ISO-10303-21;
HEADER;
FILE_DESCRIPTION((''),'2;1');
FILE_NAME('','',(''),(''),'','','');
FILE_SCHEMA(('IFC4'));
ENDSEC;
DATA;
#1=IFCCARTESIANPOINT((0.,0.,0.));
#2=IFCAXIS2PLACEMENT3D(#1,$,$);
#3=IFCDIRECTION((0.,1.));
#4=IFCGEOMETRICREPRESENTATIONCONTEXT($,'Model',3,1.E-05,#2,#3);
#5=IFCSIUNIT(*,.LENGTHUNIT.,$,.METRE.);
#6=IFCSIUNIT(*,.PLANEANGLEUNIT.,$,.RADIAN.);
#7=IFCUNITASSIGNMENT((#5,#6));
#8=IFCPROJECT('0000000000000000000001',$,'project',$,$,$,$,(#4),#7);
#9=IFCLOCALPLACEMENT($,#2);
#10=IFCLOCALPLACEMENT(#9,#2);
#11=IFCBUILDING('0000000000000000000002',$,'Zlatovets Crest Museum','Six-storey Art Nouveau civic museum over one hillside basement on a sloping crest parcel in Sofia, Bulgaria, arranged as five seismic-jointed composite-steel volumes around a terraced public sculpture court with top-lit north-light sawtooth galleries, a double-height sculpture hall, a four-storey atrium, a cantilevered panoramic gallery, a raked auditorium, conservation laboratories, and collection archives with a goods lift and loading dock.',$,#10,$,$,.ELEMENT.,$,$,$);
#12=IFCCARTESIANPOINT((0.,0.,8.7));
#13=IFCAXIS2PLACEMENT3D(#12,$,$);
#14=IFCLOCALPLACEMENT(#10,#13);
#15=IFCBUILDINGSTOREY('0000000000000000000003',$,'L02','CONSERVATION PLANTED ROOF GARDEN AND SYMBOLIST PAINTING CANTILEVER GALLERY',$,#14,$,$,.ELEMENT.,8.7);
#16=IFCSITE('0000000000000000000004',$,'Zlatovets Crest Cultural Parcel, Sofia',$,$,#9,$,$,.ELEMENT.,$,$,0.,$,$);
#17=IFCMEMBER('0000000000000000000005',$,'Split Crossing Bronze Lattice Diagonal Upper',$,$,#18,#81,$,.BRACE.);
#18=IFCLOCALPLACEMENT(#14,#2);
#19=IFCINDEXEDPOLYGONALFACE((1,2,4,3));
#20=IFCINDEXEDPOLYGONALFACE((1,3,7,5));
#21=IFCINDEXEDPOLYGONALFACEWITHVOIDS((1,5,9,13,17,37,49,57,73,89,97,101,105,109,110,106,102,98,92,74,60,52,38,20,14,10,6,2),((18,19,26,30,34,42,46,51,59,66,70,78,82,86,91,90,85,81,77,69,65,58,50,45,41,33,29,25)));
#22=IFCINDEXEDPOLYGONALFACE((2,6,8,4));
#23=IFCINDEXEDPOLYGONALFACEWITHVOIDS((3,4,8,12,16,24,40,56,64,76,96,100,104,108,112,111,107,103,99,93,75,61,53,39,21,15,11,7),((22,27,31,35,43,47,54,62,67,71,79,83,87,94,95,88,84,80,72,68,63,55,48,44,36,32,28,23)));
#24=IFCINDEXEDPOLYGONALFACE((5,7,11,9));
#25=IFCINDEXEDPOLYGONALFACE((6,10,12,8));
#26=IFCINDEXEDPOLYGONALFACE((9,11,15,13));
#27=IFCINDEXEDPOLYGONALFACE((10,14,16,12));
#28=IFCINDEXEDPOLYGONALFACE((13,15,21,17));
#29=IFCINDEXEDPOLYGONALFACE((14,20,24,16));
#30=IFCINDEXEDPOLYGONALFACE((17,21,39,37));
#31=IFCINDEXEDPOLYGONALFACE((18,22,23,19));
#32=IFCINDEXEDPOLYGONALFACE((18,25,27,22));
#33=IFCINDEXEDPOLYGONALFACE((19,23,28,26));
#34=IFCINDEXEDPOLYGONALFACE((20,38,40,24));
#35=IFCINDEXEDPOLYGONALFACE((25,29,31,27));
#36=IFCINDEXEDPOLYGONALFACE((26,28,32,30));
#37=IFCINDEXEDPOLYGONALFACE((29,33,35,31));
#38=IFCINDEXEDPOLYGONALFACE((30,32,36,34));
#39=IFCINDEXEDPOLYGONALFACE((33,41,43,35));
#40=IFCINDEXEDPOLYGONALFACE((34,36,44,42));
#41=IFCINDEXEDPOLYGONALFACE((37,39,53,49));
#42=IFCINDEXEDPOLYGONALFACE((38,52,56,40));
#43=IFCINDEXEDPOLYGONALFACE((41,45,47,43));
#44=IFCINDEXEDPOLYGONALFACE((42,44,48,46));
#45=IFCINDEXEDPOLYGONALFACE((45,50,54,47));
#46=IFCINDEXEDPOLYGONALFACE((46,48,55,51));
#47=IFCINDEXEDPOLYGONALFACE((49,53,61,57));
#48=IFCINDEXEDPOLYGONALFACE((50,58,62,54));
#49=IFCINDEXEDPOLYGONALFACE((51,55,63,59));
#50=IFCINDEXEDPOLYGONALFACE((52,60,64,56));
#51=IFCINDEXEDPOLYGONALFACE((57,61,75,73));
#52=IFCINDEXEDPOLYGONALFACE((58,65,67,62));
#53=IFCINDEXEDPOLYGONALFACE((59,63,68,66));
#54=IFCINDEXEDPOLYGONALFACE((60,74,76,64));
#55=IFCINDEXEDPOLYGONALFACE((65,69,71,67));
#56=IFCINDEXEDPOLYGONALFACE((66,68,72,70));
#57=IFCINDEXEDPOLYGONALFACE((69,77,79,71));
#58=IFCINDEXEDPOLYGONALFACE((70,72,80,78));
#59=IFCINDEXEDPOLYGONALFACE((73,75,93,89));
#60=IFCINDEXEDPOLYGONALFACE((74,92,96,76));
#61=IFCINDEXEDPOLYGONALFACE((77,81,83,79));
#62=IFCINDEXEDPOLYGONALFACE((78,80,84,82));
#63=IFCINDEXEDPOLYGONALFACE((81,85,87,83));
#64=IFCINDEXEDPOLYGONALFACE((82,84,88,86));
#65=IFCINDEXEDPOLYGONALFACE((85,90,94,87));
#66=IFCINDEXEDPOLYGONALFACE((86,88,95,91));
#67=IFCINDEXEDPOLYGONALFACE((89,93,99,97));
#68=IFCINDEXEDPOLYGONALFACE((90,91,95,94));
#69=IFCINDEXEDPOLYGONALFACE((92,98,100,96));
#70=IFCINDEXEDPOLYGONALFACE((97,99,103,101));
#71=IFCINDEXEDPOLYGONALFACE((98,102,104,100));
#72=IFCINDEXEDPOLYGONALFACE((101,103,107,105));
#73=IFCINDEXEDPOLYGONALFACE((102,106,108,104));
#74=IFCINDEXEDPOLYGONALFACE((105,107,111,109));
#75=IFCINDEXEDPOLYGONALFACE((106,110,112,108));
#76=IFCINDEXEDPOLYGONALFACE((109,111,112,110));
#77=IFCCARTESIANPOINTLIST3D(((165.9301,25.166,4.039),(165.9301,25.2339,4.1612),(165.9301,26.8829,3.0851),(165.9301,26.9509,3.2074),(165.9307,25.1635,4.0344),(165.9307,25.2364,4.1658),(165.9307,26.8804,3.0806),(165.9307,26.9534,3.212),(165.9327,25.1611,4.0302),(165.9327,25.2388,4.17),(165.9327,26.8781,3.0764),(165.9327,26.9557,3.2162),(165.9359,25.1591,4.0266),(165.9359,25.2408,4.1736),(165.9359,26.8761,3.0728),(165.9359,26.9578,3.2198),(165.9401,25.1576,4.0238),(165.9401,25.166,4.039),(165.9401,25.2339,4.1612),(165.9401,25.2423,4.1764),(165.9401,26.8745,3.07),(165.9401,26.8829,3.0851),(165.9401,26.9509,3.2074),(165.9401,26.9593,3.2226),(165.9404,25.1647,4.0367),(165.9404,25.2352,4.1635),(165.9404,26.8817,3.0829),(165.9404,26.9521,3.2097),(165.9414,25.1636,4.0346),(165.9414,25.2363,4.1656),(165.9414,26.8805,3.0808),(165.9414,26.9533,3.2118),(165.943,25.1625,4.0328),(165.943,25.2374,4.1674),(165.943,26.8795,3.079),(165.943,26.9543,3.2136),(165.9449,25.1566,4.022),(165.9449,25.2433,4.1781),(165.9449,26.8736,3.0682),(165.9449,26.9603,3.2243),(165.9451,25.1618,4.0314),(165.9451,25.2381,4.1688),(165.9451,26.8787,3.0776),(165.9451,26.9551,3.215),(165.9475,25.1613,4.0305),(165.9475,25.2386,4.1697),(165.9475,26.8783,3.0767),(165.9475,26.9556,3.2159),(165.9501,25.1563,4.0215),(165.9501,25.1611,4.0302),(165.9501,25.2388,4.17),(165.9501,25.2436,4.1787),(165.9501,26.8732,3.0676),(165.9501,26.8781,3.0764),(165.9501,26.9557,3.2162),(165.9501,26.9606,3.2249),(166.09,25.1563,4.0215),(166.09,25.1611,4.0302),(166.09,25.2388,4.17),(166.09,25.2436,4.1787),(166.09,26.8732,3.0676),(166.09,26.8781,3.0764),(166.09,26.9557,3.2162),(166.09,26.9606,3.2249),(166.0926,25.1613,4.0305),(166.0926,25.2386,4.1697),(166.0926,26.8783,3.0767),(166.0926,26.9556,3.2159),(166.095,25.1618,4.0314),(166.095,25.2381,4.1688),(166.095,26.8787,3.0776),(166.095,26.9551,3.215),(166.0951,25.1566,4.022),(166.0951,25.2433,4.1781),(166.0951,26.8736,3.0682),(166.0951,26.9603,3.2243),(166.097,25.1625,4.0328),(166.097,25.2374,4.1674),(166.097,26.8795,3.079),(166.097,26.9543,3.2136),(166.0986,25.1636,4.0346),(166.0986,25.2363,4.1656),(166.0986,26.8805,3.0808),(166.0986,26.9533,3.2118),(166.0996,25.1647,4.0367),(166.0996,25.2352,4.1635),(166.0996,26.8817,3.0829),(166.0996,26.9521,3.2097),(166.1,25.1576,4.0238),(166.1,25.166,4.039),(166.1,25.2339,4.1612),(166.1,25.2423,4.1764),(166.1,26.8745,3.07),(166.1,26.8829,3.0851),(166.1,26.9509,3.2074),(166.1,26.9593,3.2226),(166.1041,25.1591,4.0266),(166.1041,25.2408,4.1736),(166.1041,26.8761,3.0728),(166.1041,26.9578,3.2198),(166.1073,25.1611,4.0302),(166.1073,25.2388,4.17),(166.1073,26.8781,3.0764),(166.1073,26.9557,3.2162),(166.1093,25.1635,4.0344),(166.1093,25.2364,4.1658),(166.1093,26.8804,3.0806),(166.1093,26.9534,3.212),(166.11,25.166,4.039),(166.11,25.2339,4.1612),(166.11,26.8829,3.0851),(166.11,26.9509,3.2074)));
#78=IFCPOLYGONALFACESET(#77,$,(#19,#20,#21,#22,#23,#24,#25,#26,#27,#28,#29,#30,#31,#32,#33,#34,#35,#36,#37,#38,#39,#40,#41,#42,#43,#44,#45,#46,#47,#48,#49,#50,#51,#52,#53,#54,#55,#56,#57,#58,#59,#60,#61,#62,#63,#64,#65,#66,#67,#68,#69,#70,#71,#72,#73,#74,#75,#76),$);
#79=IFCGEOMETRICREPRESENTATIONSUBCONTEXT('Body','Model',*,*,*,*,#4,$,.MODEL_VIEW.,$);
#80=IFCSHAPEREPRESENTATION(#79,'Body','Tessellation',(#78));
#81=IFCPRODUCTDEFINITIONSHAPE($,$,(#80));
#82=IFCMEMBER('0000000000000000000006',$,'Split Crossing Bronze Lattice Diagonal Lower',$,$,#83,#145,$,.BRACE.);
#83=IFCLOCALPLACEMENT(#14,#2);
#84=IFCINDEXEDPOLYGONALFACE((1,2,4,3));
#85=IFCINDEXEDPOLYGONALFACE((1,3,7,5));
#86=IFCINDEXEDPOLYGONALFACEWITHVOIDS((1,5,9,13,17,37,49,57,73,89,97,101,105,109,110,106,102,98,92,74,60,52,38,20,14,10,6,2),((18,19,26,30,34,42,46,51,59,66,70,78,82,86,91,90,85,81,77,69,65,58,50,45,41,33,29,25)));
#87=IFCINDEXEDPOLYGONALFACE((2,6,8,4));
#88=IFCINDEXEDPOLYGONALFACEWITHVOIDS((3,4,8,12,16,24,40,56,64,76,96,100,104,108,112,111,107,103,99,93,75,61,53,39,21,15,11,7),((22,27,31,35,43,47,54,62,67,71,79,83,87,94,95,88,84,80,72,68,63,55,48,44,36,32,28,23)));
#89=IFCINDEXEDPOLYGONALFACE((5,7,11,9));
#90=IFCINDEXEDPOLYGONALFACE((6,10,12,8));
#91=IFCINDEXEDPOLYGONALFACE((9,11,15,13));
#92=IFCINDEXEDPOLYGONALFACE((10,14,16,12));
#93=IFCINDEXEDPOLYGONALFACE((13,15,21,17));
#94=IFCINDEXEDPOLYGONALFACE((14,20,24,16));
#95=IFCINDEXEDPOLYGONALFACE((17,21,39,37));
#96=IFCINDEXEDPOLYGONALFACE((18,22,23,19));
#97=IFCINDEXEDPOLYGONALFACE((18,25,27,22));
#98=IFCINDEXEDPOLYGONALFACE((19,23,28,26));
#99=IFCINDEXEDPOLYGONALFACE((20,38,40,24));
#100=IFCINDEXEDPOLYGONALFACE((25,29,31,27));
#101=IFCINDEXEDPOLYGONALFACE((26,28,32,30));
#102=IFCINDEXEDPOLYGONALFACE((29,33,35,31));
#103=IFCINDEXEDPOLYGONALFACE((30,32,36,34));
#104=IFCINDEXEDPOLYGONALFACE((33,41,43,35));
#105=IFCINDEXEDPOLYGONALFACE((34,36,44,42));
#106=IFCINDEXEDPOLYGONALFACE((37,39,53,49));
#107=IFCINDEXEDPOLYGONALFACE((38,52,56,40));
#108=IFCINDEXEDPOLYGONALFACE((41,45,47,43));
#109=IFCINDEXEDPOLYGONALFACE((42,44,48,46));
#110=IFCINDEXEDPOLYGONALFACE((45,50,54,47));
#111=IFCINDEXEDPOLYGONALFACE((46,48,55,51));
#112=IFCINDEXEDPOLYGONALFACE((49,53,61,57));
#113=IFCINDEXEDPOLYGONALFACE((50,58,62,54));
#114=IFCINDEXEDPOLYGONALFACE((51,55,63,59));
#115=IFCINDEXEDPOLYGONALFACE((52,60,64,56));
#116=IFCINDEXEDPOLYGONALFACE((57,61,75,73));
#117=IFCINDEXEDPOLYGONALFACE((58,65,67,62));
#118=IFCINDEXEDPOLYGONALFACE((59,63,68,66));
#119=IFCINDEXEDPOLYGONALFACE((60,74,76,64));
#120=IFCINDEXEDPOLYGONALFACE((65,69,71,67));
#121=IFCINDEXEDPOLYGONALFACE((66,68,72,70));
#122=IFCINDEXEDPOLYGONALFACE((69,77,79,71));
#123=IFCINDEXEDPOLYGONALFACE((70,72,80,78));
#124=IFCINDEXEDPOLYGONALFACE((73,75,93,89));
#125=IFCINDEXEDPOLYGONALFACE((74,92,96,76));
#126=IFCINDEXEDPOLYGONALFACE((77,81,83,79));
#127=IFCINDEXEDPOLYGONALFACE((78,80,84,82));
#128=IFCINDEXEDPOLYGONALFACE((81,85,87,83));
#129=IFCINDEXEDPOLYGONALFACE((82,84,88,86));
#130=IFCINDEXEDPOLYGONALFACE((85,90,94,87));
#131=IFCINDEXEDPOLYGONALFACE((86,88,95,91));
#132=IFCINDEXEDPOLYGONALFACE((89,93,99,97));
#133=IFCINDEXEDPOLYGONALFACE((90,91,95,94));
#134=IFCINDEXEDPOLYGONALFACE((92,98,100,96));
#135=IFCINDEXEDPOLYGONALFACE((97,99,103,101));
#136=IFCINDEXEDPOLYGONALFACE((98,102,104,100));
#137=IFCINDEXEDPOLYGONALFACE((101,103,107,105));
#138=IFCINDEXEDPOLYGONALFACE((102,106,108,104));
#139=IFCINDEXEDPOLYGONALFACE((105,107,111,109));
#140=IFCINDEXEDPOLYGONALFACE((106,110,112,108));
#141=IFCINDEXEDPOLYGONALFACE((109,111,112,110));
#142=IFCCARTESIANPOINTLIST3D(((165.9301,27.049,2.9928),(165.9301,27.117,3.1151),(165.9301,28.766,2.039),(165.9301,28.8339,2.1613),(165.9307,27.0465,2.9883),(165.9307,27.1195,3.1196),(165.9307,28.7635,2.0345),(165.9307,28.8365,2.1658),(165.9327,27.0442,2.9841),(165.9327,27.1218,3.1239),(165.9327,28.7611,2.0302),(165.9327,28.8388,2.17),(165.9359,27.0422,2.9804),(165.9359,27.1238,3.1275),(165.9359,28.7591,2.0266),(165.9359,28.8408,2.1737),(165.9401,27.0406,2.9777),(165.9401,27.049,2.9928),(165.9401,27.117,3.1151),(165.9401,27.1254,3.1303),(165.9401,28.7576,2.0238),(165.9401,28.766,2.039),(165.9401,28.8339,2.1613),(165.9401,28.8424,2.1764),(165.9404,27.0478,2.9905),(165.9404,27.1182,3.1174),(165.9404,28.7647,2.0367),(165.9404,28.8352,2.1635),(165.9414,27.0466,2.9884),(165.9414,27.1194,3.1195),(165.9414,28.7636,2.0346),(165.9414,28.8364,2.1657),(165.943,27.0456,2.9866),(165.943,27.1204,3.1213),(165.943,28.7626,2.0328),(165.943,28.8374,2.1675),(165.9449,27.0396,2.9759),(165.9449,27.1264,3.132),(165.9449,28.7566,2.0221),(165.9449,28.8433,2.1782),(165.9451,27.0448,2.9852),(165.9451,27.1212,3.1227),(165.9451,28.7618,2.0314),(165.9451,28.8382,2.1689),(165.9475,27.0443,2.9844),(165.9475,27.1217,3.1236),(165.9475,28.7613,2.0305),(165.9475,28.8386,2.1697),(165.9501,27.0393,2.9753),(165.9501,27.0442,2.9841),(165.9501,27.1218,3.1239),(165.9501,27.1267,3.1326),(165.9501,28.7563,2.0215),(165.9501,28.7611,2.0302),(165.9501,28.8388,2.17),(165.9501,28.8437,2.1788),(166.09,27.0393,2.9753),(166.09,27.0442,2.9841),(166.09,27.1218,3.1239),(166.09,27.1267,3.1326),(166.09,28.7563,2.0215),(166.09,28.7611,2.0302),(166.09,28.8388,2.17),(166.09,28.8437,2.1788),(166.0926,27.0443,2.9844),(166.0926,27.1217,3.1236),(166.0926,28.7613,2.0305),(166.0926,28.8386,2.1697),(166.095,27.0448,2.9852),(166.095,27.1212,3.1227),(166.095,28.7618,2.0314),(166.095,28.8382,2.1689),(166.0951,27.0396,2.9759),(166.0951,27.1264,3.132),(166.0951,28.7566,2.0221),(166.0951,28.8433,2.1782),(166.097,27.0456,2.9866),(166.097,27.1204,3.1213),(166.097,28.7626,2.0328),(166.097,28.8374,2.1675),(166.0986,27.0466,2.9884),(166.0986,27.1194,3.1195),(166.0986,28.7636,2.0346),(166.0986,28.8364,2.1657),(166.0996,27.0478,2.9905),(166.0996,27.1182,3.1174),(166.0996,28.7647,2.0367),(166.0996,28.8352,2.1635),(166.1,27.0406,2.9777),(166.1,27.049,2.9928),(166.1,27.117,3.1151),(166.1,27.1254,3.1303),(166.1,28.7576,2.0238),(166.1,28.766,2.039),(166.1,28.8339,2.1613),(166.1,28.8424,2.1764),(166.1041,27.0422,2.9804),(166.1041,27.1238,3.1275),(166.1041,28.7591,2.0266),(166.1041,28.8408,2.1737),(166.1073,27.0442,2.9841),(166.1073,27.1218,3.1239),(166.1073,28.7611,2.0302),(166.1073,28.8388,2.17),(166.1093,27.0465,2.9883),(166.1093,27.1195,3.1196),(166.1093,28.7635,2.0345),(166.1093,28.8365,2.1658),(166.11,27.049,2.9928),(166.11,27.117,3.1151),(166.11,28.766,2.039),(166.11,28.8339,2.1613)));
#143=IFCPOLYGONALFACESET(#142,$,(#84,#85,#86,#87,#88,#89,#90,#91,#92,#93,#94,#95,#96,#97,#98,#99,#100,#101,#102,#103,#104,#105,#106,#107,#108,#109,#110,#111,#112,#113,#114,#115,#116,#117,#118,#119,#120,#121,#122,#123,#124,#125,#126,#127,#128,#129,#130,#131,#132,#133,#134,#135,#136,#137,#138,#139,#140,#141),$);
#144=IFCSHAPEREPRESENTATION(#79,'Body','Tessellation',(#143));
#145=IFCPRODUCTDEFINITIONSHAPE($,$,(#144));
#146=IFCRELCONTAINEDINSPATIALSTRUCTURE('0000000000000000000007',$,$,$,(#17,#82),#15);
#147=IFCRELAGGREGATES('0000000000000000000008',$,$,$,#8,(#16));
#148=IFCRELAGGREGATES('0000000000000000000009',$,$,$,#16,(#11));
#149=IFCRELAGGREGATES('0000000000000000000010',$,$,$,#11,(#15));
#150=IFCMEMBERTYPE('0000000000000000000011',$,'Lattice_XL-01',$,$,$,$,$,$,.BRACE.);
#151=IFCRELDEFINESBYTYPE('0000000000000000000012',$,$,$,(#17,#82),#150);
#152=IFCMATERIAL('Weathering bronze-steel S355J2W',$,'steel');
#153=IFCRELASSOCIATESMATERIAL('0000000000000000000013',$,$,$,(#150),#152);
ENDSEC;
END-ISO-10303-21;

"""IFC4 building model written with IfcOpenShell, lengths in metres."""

from ifc_helpers import new_model, si_unit, direction, frame, origin, origin_2d, place, context, subcontext, project, spatial, hollow_rectangle, extrude, material, material_profile, profile_set, type_object, element, save


model = new_model("IFC4")

# Units and contexts
model_context = context("Model", 3, precision=1e-05, world=origin(), true_north=direction((0.0, 1.0)))
body_context = subcontext(model_context, "Body", "Model", "MODEL_VIEW")
ifc_project = project(units=[si_unit("LENGTHUNIT", "METRE"), si_unit("PLANEANGLEUNIT", "RADIAN")], contexts=[model_context])

# Site, building, storey
site_placement = place(None, origin())
site = spatial("IfcSite", under=ifc_project, at=site_placement, Name="Zlatovets Crest Cultural Parcel, Sofia", CompositionType="ELEMENT", RefElevation=0.0)
building_placement = place(site_placement, origin())
building = spatial("IfcBuilding", under=site, at=building_placement, Name="Zlatovets Crest Museum", Description="Six-storey Art Nouveau civic museum over one hillside basement on a sloping crest parcel in Sofia, Bulgaria, arranged as five seismic-jointed composite-steel volumes around a terraced public sculpture court with top-lit north-light sawtooth galleries, a double-height sculpture hall, a four-storey atrium, a cantilevered panoramic gallery, a raked auditorium, conservation laboratories, and collection archives with a goods lift and loading dock.", CompositionType="ELEMENT")
storey_placement = place(building_placement, frame((0.0, 0.0, 8.7)))
storey = spatial("IfcBuildingStorey", under=building, at=storey_placement, Name="L02", Description="CONSERVATION PLANTED ROOF GARDEN AND SYMBOLIST PAINTING CANTILEVER GALLERY", CompositionType="ELEMENT", Elevation=8.7)

# Members
ifc_material_1 = material(Name="Weathering bronze-steel S355J2W", Category="steel")
ifc_material_profile_1 = material_profile(ifc_material_1, hollow_rectangle(XDim=0.1799, YDim=0.1799, WallThickness=0.01, InnerFilletRadius=0.01, OuterFilletRadius=0.02, at=origin_2d()), Name="SHS 180x180x10.0")
ifc_profile_set_1 = profile_set([ifc_material_profile_1], Name="Weathering bronze-steel S355J2W")
member_type_1 = type_object("IfcMemberType", Name="Lattice_XL-01", PredefinedType="BRACE", material=ifc_profile_set_1)
for number, where, z_axis, x_axis, name in (
    (1, (166.02, 25.2, 4.1001), (0.0, 0.874169, -0.485622), (-1.0, 0.0, 0.0), "Split Crossing Bronze Lattice Diagonal Upper"),
    (2, (166.02, 27.083, 3.054), (0.0, 0.874169, -0.485622), (-1.0, 0.0, 0.0), "Split Crossing Bronze Lattice Diagonal Lower"),
):
    element("IfcMember", number, at=place(storey_placement, frame(where, z_axis=z_axis, x_axis=x_axis)), inside=storey, type_object=member_type_1, Name=name, PredefinedType="BRACE", context=body_context, shape_type="SweptSolid", body=[
        extrude(hollow_rectangle(XDim=0.1799, YDim=0.1799, WallThickness=0.01, InnerFilletRadius=0.01, OuterFilletRadius=0.02, at=origin_2d()), origin(), (0.0, 0.0, 1.0), 1.9641),
    ])

save(model, "model.ifc")
